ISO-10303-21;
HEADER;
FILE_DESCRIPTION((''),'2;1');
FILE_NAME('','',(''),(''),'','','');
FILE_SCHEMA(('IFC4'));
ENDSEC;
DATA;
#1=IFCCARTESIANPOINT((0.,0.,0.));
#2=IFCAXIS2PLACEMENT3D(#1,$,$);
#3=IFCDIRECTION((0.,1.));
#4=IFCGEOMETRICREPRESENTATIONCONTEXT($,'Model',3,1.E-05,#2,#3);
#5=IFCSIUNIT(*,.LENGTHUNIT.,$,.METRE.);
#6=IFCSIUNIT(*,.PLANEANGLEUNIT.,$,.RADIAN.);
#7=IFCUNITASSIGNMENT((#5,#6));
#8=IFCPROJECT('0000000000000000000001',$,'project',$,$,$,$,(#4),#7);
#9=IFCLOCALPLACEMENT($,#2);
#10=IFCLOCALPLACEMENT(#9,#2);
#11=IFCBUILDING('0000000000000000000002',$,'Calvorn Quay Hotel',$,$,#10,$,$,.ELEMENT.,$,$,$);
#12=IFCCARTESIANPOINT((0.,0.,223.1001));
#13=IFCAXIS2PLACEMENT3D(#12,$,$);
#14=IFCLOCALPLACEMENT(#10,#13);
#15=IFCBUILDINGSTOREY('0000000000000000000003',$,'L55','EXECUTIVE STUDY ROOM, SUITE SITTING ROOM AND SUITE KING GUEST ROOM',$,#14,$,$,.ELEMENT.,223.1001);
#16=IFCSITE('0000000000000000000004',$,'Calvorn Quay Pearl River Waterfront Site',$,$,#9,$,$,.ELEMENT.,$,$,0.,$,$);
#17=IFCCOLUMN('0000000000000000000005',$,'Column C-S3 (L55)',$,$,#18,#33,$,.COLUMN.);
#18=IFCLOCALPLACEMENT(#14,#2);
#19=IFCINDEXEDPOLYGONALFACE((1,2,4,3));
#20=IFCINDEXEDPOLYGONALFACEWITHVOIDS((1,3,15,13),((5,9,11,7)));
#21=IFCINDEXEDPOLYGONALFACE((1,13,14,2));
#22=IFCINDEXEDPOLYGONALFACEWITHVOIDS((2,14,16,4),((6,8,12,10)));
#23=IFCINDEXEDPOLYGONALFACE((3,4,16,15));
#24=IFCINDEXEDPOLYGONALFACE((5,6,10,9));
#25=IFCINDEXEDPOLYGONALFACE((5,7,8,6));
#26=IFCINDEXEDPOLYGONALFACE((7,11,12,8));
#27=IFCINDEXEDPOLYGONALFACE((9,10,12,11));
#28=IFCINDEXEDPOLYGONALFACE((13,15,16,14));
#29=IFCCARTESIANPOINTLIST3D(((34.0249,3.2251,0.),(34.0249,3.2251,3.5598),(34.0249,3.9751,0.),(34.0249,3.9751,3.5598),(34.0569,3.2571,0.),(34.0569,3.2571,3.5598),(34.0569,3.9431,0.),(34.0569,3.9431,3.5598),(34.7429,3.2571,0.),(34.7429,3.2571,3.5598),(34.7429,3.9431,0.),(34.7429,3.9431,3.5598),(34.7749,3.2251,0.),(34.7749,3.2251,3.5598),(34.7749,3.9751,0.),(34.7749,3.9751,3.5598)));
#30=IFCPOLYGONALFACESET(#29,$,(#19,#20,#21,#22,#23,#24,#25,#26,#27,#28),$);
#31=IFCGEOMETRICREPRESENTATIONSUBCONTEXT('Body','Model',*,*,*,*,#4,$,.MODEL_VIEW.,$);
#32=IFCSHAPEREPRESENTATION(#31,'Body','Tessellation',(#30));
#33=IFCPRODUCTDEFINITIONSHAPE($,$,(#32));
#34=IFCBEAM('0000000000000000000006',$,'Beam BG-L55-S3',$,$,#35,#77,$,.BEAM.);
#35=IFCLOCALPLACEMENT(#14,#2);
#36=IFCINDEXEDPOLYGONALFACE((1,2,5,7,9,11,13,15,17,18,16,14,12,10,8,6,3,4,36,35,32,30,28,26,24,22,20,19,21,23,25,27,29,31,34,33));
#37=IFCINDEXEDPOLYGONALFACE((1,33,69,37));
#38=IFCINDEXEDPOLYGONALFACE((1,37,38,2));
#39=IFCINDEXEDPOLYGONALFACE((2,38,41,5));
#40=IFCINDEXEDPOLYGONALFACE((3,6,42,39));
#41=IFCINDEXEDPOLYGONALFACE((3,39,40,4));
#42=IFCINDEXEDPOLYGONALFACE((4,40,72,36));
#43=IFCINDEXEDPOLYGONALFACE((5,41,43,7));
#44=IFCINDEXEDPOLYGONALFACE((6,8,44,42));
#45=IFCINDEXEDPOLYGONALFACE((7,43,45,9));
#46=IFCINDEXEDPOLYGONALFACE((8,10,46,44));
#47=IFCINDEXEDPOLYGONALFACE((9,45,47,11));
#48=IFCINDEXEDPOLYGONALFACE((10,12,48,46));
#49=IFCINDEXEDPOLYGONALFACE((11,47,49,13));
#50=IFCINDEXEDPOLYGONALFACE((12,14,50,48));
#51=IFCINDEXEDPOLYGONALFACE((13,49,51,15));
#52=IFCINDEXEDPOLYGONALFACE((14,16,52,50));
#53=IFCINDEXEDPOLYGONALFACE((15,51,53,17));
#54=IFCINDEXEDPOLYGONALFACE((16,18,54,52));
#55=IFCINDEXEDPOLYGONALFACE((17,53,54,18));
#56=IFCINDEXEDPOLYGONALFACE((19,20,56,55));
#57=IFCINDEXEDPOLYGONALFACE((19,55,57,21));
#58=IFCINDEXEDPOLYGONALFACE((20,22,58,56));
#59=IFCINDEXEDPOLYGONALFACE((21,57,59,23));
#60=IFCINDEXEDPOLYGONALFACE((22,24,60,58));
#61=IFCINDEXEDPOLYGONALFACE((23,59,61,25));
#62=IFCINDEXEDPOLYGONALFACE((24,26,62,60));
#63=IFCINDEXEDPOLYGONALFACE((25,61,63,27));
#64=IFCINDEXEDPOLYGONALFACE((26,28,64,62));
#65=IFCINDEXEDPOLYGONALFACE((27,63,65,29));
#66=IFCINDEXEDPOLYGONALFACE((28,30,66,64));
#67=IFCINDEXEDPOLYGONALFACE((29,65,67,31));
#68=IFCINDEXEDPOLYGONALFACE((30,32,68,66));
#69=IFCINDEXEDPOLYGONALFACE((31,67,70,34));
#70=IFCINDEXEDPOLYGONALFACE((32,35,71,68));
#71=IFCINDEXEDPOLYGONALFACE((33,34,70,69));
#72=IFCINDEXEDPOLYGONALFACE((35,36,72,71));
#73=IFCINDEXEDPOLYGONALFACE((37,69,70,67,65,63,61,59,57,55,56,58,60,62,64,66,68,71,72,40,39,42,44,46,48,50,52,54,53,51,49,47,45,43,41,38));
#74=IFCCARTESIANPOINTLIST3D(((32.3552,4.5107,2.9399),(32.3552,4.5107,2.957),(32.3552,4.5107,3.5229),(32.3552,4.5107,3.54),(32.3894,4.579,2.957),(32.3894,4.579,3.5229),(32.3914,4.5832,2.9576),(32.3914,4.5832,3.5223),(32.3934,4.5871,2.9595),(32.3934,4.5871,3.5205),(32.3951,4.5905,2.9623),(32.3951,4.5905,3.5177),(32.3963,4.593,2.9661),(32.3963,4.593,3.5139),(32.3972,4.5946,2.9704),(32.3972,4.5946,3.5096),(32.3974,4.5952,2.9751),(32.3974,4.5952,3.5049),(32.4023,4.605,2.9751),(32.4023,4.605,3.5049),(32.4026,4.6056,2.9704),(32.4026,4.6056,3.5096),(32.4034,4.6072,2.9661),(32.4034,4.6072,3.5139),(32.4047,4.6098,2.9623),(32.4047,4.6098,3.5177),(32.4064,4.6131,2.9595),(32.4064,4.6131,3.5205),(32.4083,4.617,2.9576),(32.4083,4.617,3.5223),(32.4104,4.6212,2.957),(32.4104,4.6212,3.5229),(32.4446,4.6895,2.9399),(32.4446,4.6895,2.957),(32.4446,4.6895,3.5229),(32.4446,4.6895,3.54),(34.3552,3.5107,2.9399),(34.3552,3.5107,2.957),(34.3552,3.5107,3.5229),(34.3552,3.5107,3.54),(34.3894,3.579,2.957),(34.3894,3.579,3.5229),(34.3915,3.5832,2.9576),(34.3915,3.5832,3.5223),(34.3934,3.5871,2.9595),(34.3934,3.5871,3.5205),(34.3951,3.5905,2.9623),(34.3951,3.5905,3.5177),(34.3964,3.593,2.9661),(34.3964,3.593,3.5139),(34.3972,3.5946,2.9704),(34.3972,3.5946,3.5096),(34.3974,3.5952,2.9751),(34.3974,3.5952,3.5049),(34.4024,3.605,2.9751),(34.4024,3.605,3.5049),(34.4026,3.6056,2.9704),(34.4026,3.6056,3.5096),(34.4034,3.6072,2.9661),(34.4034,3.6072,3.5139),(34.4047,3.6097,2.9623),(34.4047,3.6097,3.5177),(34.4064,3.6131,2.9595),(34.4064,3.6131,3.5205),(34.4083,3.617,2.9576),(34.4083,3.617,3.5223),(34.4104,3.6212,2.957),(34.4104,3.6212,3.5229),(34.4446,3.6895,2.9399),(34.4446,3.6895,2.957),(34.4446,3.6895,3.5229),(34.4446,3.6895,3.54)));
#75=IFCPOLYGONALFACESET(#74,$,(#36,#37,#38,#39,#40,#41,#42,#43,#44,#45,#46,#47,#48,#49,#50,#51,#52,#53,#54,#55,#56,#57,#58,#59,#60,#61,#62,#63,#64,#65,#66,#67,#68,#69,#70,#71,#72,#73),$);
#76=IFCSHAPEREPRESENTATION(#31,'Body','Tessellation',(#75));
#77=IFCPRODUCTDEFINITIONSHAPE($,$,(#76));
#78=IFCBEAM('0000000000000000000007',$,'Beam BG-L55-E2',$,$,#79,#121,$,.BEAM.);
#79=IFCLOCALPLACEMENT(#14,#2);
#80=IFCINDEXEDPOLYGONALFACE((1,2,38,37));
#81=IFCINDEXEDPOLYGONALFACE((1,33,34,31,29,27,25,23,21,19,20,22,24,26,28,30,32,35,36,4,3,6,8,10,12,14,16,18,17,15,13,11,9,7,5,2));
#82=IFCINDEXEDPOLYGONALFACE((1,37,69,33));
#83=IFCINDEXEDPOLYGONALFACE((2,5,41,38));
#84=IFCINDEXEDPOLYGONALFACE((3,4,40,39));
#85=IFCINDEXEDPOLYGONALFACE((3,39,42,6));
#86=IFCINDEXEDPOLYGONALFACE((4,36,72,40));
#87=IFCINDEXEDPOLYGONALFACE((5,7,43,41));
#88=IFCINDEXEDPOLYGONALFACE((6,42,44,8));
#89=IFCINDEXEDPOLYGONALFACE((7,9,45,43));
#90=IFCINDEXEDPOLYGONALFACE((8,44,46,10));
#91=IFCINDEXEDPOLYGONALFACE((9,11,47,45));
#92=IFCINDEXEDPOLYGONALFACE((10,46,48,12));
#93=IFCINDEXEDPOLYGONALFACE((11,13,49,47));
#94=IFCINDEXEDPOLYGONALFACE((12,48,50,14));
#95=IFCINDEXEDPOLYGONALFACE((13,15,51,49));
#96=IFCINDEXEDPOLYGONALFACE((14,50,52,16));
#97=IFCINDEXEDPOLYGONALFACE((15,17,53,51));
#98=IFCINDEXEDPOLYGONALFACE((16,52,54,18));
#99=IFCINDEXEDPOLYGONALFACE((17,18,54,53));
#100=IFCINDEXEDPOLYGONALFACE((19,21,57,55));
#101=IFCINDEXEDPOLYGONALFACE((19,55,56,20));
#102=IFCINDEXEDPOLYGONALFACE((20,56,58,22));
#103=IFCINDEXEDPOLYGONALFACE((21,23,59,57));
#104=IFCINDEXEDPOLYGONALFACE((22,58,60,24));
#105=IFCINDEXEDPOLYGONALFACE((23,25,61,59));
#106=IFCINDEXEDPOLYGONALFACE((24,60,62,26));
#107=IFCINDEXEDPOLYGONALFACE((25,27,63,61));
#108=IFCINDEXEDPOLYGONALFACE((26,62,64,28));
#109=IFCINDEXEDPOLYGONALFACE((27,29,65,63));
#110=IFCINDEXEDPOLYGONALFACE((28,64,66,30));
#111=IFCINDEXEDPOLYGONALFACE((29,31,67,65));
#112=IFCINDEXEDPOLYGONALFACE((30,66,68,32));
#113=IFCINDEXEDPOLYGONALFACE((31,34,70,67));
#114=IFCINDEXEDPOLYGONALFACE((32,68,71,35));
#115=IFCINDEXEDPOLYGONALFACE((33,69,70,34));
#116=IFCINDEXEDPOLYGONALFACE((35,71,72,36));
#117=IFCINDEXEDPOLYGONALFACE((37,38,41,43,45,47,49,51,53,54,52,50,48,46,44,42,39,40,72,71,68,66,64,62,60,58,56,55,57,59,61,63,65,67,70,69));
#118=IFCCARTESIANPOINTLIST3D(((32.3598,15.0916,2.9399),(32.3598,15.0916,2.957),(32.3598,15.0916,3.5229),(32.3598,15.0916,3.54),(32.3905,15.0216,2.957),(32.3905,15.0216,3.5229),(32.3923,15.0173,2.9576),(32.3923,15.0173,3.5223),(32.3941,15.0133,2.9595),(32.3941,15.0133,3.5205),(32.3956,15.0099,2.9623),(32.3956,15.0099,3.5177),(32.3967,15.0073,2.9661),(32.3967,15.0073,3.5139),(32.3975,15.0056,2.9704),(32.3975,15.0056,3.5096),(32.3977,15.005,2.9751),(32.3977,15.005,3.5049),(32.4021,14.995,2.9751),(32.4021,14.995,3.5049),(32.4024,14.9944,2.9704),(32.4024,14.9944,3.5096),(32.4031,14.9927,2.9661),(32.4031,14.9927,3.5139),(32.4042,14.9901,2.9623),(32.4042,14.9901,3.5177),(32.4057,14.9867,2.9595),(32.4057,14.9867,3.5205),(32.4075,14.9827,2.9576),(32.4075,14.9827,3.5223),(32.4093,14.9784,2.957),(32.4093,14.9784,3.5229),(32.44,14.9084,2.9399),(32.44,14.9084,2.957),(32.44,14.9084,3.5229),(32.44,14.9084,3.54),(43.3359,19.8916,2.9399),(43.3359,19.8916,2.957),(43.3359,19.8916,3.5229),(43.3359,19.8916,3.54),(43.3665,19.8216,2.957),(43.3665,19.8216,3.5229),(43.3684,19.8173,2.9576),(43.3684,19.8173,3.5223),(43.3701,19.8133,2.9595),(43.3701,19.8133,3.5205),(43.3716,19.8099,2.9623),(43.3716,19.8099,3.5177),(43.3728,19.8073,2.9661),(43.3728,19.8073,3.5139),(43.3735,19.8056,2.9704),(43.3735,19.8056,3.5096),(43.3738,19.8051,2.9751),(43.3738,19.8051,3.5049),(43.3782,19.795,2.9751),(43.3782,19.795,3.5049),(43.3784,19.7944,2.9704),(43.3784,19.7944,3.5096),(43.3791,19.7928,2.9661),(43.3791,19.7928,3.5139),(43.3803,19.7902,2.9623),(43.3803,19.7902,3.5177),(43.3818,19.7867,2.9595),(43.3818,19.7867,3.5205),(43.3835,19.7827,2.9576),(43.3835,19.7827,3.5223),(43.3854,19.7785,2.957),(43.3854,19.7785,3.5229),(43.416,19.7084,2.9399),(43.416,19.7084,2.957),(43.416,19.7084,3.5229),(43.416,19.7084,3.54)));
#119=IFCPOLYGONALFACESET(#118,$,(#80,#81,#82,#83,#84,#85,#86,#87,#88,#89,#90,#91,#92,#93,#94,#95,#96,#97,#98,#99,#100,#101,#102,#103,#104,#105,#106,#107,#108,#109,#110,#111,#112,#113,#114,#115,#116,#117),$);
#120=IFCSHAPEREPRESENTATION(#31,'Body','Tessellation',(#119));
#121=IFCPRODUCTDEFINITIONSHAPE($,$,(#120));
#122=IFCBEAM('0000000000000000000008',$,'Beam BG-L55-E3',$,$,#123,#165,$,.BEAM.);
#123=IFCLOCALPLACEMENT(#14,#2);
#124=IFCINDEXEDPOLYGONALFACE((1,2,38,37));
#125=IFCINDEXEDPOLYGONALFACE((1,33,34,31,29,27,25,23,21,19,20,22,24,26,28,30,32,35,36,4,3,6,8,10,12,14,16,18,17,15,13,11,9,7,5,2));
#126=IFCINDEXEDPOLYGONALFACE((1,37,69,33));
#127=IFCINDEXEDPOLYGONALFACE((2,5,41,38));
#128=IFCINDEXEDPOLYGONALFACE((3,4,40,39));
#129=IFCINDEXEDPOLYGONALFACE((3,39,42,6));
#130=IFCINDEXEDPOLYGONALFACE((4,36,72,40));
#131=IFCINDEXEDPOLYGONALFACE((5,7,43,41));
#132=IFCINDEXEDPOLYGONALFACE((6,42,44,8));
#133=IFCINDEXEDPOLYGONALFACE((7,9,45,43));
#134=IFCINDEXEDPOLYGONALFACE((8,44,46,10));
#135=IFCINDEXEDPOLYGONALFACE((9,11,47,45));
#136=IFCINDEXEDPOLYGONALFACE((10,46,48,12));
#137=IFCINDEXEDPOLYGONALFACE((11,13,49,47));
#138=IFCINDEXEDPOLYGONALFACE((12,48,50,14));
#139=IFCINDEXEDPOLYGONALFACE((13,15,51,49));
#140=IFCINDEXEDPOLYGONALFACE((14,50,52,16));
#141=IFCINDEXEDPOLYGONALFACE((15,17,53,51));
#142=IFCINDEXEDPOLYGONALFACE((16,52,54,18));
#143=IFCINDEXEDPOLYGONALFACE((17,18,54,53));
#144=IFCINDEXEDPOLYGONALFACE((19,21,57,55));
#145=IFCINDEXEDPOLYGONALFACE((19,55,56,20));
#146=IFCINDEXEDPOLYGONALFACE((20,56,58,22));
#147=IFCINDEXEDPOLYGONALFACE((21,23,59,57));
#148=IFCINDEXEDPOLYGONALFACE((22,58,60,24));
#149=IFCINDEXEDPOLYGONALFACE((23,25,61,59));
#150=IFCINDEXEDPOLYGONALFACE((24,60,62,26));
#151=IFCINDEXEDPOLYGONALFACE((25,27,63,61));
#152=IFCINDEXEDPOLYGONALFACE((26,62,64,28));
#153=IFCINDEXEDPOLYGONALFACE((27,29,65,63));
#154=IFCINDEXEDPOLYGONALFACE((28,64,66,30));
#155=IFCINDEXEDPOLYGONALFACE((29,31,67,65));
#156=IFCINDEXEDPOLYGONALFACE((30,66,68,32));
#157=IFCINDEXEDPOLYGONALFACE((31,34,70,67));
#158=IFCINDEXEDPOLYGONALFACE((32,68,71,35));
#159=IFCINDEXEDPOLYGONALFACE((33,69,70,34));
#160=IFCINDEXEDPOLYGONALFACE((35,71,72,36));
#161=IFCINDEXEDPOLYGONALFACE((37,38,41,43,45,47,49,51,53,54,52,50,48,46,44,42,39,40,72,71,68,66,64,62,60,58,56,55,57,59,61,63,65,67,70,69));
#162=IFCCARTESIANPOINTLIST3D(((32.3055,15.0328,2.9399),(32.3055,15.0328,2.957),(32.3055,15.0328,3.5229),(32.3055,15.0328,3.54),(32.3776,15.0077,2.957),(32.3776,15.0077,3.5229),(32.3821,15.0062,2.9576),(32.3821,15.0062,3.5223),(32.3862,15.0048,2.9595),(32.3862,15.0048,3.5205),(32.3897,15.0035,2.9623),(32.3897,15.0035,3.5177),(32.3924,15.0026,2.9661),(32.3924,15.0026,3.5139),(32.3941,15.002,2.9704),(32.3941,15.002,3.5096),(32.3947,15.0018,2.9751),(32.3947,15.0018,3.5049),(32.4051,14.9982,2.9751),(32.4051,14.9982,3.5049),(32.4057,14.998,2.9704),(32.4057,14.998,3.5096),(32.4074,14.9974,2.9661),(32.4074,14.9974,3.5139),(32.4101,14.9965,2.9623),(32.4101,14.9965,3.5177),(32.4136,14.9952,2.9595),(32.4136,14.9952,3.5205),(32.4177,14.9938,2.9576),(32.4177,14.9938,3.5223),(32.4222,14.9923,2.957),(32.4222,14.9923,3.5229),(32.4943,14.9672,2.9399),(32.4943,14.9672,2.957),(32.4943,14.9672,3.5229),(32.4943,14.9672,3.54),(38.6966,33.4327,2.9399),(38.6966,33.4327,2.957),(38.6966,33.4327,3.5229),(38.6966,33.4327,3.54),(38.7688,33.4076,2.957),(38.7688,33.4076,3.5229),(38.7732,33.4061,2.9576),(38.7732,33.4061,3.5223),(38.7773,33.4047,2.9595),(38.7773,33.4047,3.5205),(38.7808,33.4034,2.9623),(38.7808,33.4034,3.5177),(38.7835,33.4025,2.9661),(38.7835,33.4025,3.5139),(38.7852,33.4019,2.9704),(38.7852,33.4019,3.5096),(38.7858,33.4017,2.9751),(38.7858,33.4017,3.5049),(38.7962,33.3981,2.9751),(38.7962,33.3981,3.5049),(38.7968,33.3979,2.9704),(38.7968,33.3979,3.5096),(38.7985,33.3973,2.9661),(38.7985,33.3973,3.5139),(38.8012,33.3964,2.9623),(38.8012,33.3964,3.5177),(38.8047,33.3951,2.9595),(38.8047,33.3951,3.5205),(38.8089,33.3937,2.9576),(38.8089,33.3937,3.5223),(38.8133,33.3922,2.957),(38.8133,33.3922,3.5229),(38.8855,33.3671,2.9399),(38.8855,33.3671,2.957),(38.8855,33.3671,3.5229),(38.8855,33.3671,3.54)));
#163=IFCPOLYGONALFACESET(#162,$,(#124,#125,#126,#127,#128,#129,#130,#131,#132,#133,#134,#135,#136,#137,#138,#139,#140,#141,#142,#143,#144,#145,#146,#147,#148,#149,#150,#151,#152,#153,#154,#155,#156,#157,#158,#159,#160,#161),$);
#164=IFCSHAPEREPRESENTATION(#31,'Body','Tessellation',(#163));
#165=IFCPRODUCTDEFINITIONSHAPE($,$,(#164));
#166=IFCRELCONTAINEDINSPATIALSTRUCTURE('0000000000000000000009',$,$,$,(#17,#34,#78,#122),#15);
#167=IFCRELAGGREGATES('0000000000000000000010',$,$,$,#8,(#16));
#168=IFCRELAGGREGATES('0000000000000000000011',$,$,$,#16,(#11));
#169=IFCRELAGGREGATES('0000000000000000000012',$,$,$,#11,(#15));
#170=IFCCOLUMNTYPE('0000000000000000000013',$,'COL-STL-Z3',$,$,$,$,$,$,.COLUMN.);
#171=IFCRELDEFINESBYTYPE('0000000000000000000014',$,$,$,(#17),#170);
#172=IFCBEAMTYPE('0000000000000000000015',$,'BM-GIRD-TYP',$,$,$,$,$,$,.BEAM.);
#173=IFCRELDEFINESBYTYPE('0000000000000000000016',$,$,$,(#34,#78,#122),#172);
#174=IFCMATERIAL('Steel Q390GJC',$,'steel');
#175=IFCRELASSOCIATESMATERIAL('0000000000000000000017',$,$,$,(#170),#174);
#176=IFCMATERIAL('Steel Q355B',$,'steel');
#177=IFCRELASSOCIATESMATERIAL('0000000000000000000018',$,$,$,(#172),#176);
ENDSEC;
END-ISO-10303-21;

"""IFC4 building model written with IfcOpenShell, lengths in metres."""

from ifc_helpers import new_model, si_unit, direction, frame, origin, origin_2d, place, context, subcontext, project, spatial, hollow_rectangle, i_section, extrude, material, material_profile, profile_set, type_object, element, save


model = new_model("IFC4")

# Units and contexts
model_context = context("Model", 3, precision=1e-05, world=origin(), true_north=direction((0.0, 1.0)))
body_context = subcontext(model_context, "Body", "Model", "MODEL_VIEW")
ifc_project = project(units=[si_unit("LENGTHUNIT", "METRE"), si_unit("PLANEANGLEUNIT", "RADIAN")], contexts=[model_context])

# Site, building, storey
site_placement = place(None, origin())
site = spatial("IfcSite", under=ifc_project, at=site_placement, Name="Calvorn Quay Pearl River Waterfront Site", CompositionType="ELEMENT", RefElevation=0.0)
building_placement = place(site_placement, origin())
building = spatial("IfcBuilding", under=site, at=building_placement, Name="Calvorn Quay Hotel", CompositionType="ELEMENT")
storey_placement = place(building_placement, frame((0.0, 0.0, 223.1001)))
storey = spatial("IfcBuildingStorey", under=building, at=storey_placement, Name="L55", Description="EXECUTIVE STUDY ROOM, SUITE SITTING ROOM AND SUITE KING GUEST ROOM", CompositionType="ELEMENT", Elevation=223.1001)

# Column
ifc_material_1 = material(Name="Steel Q390GJC", Category="steel")
ifc_material_profile_1 = material_profile(ifc_material_1, hollow_rectangle(XDim=0.75, YDim=0.75, WallThickness=0.032, at=origin_2d()), Name="BOX750x750x32")
ifc_profile_set_1 = profile_set([ifc_material_profile_1], Name="Steel Q390GJC")
column_type = type_object("IfcColumnType", Name="COL-STL-Z3", PredefinedType="COLUMN", material=ifc_profile_set_1)
column_placement = place(storey_placement, frame((34.3999, 3.6001, 0.0), z_axis=(0.0, 0.0, 1.0), x_axis=(1.0, 0.0, 0.0)))
element("IfcColumn", 1, at=column_placement, inside=storey, type_object=column_type, Name="Column C-S3 (L55)", PredefinedType="COLUMN", context=body_context, shape_type="SweptSolid", body=[
    extrude(hollow_rectangle(XDim=0.75, YDim=0.75, WallThickness=0.032, at=origin_2d()), origin(), (0.0, 0.0, 1.0), 3.5598),
])

# Beams
ifc_material_2 = material(Name="Steel Q355B", Category="steel")
ifc_material_profile_2 = material_profile(ifc_material_2, i_section(OverallWidth=0.2, OverallDepth=0.6001, WebThickness=0.011, FlangeThickness=0.0171, FilletRadius=0.0181, at=origin_2d()), Name="HN600x200x11x17")
ifc_profile_set_2 = profile_set([ifc_material_profile_2], Name="Steel Q355B")
beam_type_1 = type_object("IfcBeamType", Name="BM-GIRD-TYP", PredefinedType="BEAM", material=ifc_profile_set_2)
beam_1_placement = place(storey_placement, frame((34.3999, 3.6001, 3.24), z_axis=(-0.894427, 0.447214, 0.0), x_axis=(-0.447214, -0.894427, 0.0)))
element("IfcBeam", 2, at=beam_1_placement, inside=storey, type_object=beam_type_1, Name="Beam BG-L55-S3", PredefinedType="BEAM", context=body_context, shape_type="SweptSolid", body=[
    extrude(i_section(OverallWidth=0.2, OverallDepth=0.6001, WebThickness=0.011, FlangeThickness=0.0171, FilletRadius=0.0181, at=origin_2d()), origin(), (0.0, 0.0, 1.0), 2.2361),
])
beam_2_placement = place(storey_placement, frame((32.3999, 15.0, 3.24), z_axis=(0.916218, 0.40068, 0.0), x_axis=(-0.40068, 0.916218, 0.0)))
element("IfcBeam", 3, at=beam_2_placement, inside=storey, type_object=beam_type_1, Name="Beam BG-L55-E2", PredefinedType="BEAM", context=body_context, shape_type="SweptSolid", body=[
    extrude(i_section(OverallWidth=0.2, OverallDepth=0.6001, WebThickness=0.011, FlangeThickness=0.0171, FilletRadius=0.0181, at=origin_2d()), origin(), (0.0, 0.0, 1.0), 11.9797),
])
beam_3_placement = place(storey_placement, frame((32.3999, 15.0, 3.24), z_axis=(0.328115, 0.944638, 0.0), x_axis=(-0.944638, 0.328115, 0.0)))
element("IfcBeam", 4, at=beam_3_placement, inside=storey, type_object=beam_type_1, Name="Beam BG-L55-E3", PredefinedType="BEAM", context=body_context, shape_type="SweptSolid", body=[
    extrude(i_section(OverallWidth=0.2, OverallDepth=0.6001, WebThickness=0.011, FlangeThickness=0.0171, FilletRadius=0.0181, at=origin_2d()), origin(), (0.0, 0.0, 1.0), 19.4783),
])

save(model, "model.ifc")
